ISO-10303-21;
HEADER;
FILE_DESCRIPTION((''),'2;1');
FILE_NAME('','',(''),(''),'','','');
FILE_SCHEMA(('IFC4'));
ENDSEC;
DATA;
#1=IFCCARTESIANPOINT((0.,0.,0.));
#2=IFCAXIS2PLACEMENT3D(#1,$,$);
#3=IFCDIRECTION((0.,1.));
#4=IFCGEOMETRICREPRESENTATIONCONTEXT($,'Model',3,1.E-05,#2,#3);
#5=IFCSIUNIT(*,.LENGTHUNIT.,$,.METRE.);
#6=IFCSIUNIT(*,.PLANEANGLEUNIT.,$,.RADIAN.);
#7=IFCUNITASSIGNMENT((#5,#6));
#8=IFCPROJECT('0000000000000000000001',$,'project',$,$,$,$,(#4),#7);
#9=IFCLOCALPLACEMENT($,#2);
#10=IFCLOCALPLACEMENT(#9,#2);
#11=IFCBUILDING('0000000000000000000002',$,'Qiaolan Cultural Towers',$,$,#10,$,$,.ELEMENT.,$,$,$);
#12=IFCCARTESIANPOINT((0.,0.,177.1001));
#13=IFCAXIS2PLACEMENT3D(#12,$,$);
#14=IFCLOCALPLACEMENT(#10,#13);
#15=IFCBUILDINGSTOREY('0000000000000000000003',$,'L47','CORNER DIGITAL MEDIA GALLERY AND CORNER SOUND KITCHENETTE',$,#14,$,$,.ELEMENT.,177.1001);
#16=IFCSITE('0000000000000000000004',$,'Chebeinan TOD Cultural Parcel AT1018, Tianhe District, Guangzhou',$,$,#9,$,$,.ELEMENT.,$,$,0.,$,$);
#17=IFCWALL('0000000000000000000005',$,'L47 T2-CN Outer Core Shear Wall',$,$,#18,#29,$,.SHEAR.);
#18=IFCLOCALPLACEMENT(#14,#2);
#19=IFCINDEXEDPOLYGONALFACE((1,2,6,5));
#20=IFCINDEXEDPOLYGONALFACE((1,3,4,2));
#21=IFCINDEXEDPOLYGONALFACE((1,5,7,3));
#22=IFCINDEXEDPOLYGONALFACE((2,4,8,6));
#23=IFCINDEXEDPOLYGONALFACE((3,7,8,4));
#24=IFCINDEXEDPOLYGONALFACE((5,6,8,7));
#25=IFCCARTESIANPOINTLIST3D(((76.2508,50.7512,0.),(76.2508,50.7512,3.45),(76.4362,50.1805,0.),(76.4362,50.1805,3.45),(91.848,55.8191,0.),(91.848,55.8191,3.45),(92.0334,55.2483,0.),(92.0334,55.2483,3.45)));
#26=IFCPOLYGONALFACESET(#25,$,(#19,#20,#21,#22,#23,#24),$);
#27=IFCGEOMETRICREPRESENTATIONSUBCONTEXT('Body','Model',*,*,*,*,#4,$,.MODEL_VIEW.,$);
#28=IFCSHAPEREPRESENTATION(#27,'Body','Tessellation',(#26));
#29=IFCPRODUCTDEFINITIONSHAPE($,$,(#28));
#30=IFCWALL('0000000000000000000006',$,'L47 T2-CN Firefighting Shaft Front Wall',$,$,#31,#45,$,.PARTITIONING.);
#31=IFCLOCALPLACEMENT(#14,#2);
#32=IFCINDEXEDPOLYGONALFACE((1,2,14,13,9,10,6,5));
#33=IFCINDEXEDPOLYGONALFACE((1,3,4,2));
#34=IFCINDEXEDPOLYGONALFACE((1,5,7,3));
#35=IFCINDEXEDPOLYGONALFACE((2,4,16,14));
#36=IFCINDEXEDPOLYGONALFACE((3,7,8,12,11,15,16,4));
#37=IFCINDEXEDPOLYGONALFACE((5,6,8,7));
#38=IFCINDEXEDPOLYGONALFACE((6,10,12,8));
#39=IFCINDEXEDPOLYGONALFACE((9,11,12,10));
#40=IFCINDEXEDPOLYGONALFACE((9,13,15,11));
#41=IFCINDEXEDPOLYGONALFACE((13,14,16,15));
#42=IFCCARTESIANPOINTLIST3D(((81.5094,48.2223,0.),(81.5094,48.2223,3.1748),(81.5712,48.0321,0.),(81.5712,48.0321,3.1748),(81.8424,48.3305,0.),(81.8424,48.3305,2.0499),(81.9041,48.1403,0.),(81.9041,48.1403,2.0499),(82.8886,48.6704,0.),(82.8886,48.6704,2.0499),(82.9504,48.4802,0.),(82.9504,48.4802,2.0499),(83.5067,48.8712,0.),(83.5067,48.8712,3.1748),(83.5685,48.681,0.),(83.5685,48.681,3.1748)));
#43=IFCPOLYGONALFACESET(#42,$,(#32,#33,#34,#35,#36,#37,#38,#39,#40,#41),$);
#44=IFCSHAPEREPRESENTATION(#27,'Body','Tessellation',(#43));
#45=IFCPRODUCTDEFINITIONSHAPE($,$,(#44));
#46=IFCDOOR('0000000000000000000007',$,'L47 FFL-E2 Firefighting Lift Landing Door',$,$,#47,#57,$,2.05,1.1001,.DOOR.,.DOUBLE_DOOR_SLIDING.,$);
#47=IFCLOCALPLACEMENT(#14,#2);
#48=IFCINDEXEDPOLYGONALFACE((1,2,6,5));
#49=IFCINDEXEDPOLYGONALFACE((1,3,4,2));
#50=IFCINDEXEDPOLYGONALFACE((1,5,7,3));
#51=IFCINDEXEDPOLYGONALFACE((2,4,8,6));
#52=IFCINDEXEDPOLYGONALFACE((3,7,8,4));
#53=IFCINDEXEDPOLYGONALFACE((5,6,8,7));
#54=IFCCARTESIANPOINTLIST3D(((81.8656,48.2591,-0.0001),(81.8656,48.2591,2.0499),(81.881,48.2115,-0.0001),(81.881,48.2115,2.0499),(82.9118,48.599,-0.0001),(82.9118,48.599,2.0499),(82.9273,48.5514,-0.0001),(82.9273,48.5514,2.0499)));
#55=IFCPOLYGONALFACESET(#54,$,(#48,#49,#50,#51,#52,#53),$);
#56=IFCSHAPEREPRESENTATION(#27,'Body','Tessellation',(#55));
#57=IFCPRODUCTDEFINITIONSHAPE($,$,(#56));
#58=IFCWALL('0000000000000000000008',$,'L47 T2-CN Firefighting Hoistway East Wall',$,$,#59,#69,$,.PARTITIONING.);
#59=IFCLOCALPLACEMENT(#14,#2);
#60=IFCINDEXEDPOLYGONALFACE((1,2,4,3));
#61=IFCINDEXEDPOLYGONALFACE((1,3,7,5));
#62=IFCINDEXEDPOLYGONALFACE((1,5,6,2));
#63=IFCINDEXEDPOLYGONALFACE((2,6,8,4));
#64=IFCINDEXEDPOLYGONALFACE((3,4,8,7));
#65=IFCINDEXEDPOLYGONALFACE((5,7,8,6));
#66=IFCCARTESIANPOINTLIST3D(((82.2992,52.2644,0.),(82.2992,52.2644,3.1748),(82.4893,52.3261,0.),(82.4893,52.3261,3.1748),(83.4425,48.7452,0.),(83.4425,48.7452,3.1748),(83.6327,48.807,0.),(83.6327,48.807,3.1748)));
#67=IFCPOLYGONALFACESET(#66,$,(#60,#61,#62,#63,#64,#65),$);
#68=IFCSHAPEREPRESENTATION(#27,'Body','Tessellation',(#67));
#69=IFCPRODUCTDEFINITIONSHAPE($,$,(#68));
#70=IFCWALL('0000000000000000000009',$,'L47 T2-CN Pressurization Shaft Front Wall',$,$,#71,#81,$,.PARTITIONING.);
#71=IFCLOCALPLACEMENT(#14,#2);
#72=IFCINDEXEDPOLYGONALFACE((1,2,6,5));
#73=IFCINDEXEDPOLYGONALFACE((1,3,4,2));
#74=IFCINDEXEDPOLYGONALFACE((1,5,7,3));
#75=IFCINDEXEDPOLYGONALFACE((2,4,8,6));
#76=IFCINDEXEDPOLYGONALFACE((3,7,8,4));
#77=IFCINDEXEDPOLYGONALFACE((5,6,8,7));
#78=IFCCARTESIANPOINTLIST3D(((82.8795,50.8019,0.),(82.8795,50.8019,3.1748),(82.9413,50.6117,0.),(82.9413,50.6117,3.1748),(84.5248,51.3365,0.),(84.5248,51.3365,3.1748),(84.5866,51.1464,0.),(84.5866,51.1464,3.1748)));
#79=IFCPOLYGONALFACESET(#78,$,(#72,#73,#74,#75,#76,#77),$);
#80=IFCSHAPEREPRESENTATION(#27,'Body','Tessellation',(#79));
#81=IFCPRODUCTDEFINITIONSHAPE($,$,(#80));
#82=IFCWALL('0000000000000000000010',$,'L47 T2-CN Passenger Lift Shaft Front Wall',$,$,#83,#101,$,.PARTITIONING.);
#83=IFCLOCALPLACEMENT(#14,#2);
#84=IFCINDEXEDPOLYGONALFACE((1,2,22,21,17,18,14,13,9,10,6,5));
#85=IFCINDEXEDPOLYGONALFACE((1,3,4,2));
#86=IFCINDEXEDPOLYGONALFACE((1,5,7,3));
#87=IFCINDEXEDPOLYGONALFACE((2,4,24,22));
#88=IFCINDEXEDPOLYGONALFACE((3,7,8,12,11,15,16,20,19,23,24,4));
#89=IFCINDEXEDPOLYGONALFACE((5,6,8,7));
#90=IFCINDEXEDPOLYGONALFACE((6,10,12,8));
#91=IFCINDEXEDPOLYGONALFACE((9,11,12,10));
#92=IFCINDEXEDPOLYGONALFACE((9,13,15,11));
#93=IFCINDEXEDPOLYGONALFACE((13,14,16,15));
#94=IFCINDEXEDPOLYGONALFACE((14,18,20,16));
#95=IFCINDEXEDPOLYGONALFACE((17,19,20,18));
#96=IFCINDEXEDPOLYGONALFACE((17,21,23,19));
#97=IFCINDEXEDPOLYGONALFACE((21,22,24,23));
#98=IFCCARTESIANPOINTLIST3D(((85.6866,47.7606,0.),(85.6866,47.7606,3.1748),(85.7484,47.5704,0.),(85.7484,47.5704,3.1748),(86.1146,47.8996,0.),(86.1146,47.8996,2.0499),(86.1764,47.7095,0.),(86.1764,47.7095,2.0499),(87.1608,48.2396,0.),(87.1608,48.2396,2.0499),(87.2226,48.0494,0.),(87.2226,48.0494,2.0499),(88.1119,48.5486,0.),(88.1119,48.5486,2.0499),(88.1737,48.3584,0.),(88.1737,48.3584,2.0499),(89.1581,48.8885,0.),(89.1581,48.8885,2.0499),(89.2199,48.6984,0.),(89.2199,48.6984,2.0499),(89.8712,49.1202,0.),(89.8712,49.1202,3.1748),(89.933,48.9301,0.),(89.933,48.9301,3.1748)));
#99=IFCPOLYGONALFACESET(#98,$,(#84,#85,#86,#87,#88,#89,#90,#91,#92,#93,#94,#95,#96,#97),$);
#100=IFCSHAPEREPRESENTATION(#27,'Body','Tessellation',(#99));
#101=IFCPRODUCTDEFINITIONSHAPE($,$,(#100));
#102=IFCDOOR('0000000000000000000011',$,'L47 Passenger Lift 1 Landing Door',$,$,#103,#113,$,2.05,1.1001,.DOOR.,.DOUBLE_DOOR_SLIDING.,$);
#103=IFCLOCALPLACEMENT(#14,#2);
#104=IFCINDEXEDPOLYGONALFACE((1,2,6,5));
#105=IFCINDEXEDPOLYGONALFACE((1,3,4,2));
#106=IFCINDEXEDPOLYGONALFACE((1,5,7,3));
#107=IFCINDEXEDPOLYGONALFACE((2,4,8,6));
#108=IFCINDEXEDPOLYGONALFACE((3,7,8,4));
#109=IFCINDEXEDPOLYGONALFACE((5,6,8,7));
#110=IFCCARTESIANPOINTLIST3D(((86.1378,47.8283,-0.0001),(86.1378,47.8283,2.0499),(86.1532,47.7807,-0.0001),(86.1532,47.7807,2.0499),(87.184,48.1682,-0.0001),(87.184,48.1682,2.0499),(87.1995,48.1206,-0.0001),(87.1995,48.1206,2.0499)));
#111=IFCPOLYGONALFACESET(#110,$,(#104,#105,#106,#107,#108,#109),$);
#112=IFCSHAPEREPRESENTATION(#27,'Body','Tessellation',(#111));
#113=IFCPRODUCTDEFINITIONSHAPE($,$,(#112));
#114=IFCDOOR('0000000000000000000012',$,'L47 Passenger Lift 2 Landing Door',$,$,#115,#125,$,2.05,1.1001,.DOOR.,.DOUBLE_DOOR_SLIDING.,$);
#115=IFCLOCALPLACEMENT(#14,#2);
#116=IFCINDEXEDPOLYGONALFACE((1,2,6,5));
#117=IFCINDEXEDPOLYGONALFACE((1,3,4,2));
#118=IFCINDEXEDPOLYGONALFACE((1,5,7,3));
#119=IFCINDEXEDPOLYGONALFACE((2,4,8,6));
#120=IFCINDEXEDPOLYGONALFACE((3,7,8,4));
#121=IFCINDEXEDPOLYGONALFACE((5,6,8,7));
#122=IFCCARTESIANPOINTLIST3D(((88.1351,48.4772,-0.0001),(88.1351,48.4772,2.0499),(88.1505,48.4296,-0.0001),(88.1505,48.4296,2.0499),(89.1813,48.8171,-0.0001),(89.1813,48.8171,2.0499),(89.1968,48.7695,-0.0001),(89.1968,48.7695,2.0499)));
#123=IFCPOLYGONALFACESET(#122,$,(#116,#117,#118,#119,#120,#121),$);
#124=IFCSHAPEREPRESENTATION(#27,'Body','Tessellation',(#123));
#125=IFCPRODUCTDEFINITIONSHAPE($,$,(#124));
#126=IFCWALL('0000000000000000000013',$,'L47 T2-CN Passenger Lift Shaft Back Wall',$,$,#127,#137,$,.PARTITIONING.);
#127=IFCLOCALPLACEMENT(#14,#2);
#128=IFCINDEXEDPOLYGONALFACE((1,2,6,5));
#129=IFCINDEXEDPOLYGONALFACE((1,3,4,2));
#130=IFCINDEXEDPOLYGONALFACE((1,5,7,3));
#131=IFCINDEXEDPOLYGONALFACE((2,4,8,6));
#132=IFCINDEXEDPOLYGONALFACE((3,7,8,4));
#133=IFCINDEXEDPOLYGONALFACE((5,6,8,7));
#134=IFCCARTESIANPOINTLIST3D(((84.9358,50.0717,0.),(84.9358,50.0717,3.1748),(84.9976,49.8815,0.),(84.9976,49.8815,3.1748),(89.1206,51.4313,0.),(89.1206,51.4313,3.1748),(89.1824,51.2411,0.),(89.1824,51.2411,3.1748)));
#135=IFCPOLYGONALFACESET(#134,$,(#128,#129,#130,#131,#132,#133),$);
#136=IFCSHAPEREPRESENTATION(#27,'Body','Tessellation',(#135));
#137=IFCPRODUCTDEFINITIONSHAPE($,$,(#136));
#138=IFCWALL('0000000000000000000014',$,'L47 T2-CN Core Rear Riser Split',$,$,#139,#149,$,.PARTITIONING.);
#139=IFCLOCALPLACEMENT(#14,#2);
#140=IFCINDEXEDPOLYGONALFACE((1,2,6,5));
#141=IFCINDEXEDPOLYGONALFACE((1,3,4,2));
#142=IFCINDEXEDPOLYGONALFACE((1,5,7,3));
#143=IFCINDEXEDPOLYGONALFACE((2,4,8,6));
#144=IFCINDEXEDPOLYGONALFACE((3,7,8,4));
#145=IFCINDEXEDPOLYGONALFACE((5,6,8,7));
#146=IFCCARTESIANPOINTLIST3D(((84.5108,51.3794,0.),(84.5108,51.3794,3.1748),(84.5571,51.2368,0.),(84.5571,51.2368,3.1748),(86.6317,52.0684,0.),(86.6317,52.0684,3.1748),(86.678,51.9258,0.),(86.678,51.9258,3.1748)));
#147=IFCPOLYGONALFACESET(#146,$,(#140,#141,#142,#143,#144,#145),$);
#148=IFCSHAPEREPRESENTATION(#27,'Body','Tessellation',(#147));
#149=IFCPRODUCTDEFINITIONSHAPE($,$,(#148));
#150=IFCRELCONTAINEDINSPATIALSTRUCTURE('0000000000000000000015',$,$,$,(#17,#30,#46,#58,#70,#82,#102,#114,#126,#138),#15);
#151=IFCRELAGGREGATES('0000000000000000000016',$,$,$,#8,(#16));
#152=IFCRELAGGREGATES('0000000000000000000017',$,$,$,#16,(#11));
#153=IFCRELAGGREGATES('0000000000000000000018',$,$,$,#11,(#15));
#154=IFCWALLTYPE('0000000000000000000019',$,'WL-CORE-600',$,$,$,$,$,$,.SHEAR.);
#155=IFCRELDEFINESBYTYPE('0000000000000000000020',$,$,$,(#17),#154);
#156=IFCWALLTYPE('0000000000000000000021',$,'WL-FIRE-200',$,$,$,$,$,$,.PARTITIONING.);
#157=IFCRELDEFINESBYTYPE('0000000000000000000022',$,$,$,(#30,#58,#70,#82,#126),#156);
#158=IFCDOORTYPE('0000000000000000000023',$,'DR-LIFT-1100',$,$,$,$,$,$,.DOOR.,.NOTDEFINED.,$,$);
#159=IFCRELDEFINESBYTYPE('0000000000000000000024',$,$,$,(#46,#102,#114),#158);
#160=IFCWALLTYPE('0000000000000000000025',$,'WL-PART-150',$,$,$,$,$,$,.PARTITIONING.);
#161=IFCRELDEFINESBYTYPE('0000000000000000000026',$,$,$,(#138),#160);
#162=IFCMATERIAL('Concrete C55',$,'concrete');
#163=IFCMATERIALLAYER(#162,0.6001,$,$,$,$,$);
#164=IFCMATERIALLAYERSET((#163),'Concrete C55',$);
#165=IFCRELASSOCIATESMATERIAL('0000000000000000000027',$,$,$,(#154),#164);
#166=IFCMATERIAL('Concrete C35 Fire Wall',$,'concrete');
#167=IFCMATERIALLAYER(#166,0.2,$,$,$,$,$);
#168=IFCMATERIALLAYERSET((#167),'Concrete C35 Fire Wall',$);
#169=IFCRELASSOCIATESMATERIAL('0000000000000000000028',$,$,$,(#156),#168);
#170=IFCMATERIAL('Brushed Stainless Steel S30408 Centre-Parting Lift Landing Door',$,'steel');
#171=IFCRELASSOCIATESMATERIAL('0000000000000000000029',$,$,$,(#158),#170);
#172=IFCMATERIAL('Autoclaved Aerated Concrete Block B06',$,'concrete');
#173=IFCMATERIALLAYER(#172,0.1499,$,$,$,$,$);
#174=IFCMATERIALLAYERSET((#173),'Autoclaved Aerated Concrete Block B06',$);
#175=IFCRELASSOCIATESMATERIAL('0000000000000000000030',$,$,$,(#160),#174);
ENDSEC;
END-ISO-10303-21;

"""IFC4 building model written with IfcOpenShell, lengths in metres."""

from ifc_helpers import new_model, si_unit, direction, frame, frame_2d, origin, place, context, subcontext, project, spatial, rectangle, extrude, material, layer, layer_set, type_object, element, fill, save


model = new_model("IFC4")

# Units and contexts
model_context = context("Model", 3, precision=1e-05, world=origin(), true_north=direction((0.0, 1.0)))
body_context = subcontext(model_context, "Body", "Model", "MODEL_VIEW")
ifc_project = project(units=[si_unit("LENGTHUNIT", "METRE"), si_unit("PLANEANGLEUNIT", "RADIAN")], contexts=[model_context])

# Site, building, storey
site_placement = place(None, origin())
site = spatial("IfcSite", under=ifc_project, at=site_placement, Name="Chebeinan TOD Cultural Parcel AT1018, Tianhe District, Guangzhou", CompositionType="ELEMENT", RefElevation=0.0)
building_placement = place(site_placement, origin())
building = spatial("IfcBuilding", under=site, at=building_placement, Name="Qiaolan Cultural Towers", CompositionType="ELEMENT")
storey_placement = place(building_placement, frame((0.0, 0.0, 177.1001)))
storey = spatial("IfcBuildingStorey", under=building, at=storey_placement, Name="L47", Description="CORNER DIGITAL MEDIA GALLERY AND CORNER SOUND KITCHENETTE", CompositionType="ELEMENT", Elevation=177.1001)

# Wall
ifc_material_1 = material(Name="Concrete C55", Category="concrete")
ifc_layer_1 = layer(ifc_material_1, 0.6001)
ifc_layer_set_1 = layer_set([ifc_layer_1], Name="Concrete C55")
wall_type_1 = type_object("IfcWallType", Name="WL-CORE-600", PredefinedType="SHEAR", material=ifc_layer_set_1)
wall_1_placement = place(storey_placement, frame((76.3435, 50.4658, 0.0), z_axis=(0.0, 0.0, 1.0), x_axis=(0.951056, 0.309019, 0.0)))
element("IfcWall", 1, at=wall_1_placement, inside=storey, type_object=wall_type_1, Name="L47 T2-CN Outer Core Shear Wall", PredefinedType="SHEAR", context=body_context, shape_type="SweptSolid", body=[
    extrude(rectangle(XDim=16.3999, YDim=0.6001, at=frame_2d((8.2, 0.0))), origin(), (0.0, 0.0, 1.0), 3.45),
])

# Wall, opening, door
ifc_material_2 = material(Name="Concrete C35 Fire Wall", Category="concrete")
ifc_layer_2 = layer(ifc_material_2, 0.2)
ifc_layer_set_2 = layer_set([ifc_layer_2], Name="Concrete C35 Fire Wall")
wall_type_2 = type_object("IfcWallType", Name="WL-FIRE-200", PredefinedType="PARTITIONING", material=ifc_layer_set_2)
wall_2_placement = place(storey_placement, frame((81.5403, 48.1272, 0.0), z_axis=(0.0, 0.0, 1.0), x_axis=(0.951062, 0.308999, 0.0)))
wall_2 = element("IfcWall", 2, at=wall_2_placement, inside=storey, type_object=wall_type_2, Name="L47 T2-CN Firefighting Shaft Front Wall", PredefinedType="PARTITIONING", context=body_context, shape_type="SweptSolid", body=[
    extrude(rectangle(XDim=2.1001, YDim=0.2, at=frame_2d((1.05, 0.0))), origin(), (0.0, 0.0, 1.0), 3.1748),
])
opening_1_placement = place(wall_2_placement, frame((0.3501, 0.0, 0.0)))
opening_1 = element("IfcOpeningElement", 3, at=opening_1_placement, cuts=wall_2, PredefinedType="OPENING", context=body_context, shape_type="SweptSolid", body=[
    extrude(rectangle(XDim=1.1001, YDim=2.05, at=frame_2d((0.55, 1.0249))), frame((0.0, 0.1099, 0.0), z_axis=(0.0, -1.0, 0.0), x_axis=(1.0, 0.0, 0.0)), (0.0, 0.0, 1.0), 0.22),
])
ifc_material_3 = material(Name="Brushed Stainless Steel S30408 Centre-Parting Lift Landing Door", Category="steel")
door_type = type_object("IfcDoorType", Name="DR-LIFT-1100", OperationType="NOTDEFINED", PredefinedType="DOOR", material=ifc_material_3)
door_1_placement = place(opening_1_placement, origin())
door_1 = element("IfcDoor", 4, at=door_1_placement, inside=storey, type_object=door_type, Name="L47 FFL-E2 Firefighting Lift Landing Door", OperationType="DOUBLE_DOOR_SLIDING", OverallHeight=2.05, OverallWidth=1.1001, PredefinedType="DOOR", context=body_context, shape_type="SweptSolid", body=[
    extrude(rectangle(XDim=1.1001, YDim=2.05, at=frame_2d((0.55, 1.0249))), frame((0.0, 0.0249, 0.0), z_axis=(0.0, -1.0, 0.0), x_axis=(1.0, 0.0, 0.0)), (0.0, 0.0, 1.0), 0.05),
])
fill(opening_1, door_1)

# Walls
wall_3_placement = place(storey_placement, frame((83.5376, 48.7761, 0.0), z_axis=(0.0, 0.0, 1.0), x_axis=(-0.308994, 0.951064, 0.0)))
element("IfcWall", 5, at=wall_3_placement, inside=storey, type_object=wall_type_2, Name="L47 T2-CN Firefighting Hoistway East Wall", PredefinedType="PARTITIONING", context=body_context, shape_type="SweptSolid", body=[
    extrude(rectangle(XDim=3.7002, YDim=0.2, at=frame_2d((1.8501, 0.0))), origin(), (0.0, 0.0, 1.0), 3.1748),
])
wall_4_placement = place(storey_placement, frame((82.9104, 50.7068, 0.0), z_axis=(0.0, 0.0, 1.0), x_axis=(0.951041, 0.309064, 0.0)))
element("IfcWall", 6, at=wall_4_placement, inside=storey, type_object=wall_type_2, Name="L47 T2-CN Pressurization Shaft Front Wall", PredefinedType="PARTITIONING", context=body_context, shape_type="SweptSolid", body=[
    extrude(rectangle(XDim=1.73, YDim=0.2, at=frame_2d((0.865, 0.0))), origin(), (0.0, 0.0, 1.0), 3.1748),
])

# Wall, openings, doors
wall_5_placement = place(storey_placement, frame((85.7175, 47.6655, 0.0), z_axis=(0.0, 0.0, 1.0), x_axis=(0.951059, 0.309011, 0.0)))
wall_5 = element("IfcWall", 7, at=wall_5_placement, inside=storey, type_object=wall_type_2, Name="L47 T2-CN Passenger Lift Shaft Front Wall", PredefinedType="PARTITIONING", context=body_context, shape_type="SweptSolid", body=[
    extrude(rectangle(XDim=4.3999, YDim=0.2, at=frame_2d((2.2, 0.0))), origin(), (0.0, 0.0, 1.0), 3.1748),
])
opening_2_placement = place(wall_5_placement, frame((0.45, 0.0, 0.0)))
opening_2 = element("IfcOpeningElement", 8, at=opening_2_placement, cuts=wall_5, PredefinedType="OPENING", context=body_context, shape_type="SweptSolid", body=[
    extrude(rectangle(XDim=1.1001, YDim=2.05, at=frame_2d((0.55, 1.0249))), frame((0.0, 0.1099, 0.0), z_axis=(0.0, -1.0, 0.0), x_axis=(1.0, 0.0, 0.0)), (0.0, 0.0, 1.0), 0.22),
])
opening_3_placement = place(wall_5_placement, frame((2.55, 0.0, 0.0)))
opening_3 = element("IfcOpeningElement", 9, at=opening_3_placement, cuts=wall_5, PredefinedType="OPENING", context=body_context, shape_type="SweptSolid", body=[
    extrude(rectangle(XDim=1.1001, YDim=2.05, at=frame_2d((0.55, 1.0249))), frame((0.0, 0.1099, 0.0), z_axis=(0.0, -1.0, 0.0), x_axis=(1.0, 0.0, 0.0)), (0.0, 0.0, 1.0), 0.22),
])
door_2_placement = place(opening_2_placement, origin())
door_2 = element("IfcDoor", 10, at=door_2_placement, inside=storey, type_object=door_type, Name="L47 Passenger Lift 1 Landing Door", OperationType="DOUBLE_DOOR_SLIDING", OverallHeight=2.05, OverallWidth=1.1001, PredefinedType="DOOR", context=body_context, shape_type="SweptSolid", body=[
    extrude(rectangle(XDim=1.1001, YDim=2.05, at=frame_2d((0.55, 1.0249))), frame((0.0, 0.0249, 0.0), z_axis=(0.0, -1.0, 0.0), x_axis=(1.0, 0.0, 0.0)), (0.0, 0.0, 1.0), 0.05),
])
fill(opening_2, door_2)
door_3_placement = place(opening_3_placement, origin())
door_3 = element("IfcDoor", 11, at=door_3_placement, inside=storey, type_object=door_type, Name="L47 Passenger Lift 2 Landing Door", OperationType="DOUBLE_DOOR_SLIDING", OverallHeight=2.05, OverallWidth=1.1001, PredefinedType="DOOR", context=body_context, shape_type="SweptSolid", body=[
    extrude(rectangle(XDim=1.1001, YDim=2.05, at=frame_2d((0.55, 1.0249))), frame((0.0, 0.0249, 0.0), z_axis=(0.0, -1.0, 0.0), x_axis=(1.0, 0.0, 0.0)), (0.0, 0.0, 1.0), 0.05),
])
fill(opening_3, door_3)

# Walls
wall_6_placement = place(storey_placement, frame((84.9666, 49.9766, 0.0), z_axis=(0.0, 0.0, 1.0), x_axis=(0.951064, 0.308994, 0.0)))
element("IfcWall", 12, at=wall_6_placement, inside=storey, type_object=wall_type_2, Name="L47 T2-CN Passenger Lift Shaft Back Wall", PredefinedType="PARTITIONING", context=body_context, shape_type="SweptSolid", body=[
    extrude(rectangle(XDim=4.4001, YDim=0.2, at=frame_2d((2.2002, 0.0))), origin(), (0.0, 0.0, 1.0), 3.1748),
])
ifc_material_4 = material(Name="Autoclaved Aerated Concrete Block B06", Category="concrete")
ifc_layer_3 = layer(ifc_material_4, 0.1499)
ifc_layer_set_3 = layer_set([ifc_layer_3], Name="Autoclaved Aerated Concrete Block B06")
wall_type_3 = type_object("IfcWallType", Name="WL-PART-150", PredefinedType="PARTITIONING", material=ifc_layer_set_3)
wall_7_placement = place(storey_placement, frame((84.5339, 51.3081, 0.0), z_axis=(0.0, 0.0, 1.0), x_axis=(0.951075, 0.30896, 0.0)))
element("IfcWall", 13, at=wall_7_placement, inside=storey, type_object=wall_type_3, Name="L47 T2-CN Core Rear Riser Split", PredefinedType="PARTITIONING", context=body_context, shape_type="SweptSolid", body=[
    extrude(rectangle(XDim=2.23, YDim=0.1499, at=frame_2d((1.115, 0.0))), origin(), (0.0, 0.0, 1.0), 3.1748),
])

save(model, "model.ifc")
